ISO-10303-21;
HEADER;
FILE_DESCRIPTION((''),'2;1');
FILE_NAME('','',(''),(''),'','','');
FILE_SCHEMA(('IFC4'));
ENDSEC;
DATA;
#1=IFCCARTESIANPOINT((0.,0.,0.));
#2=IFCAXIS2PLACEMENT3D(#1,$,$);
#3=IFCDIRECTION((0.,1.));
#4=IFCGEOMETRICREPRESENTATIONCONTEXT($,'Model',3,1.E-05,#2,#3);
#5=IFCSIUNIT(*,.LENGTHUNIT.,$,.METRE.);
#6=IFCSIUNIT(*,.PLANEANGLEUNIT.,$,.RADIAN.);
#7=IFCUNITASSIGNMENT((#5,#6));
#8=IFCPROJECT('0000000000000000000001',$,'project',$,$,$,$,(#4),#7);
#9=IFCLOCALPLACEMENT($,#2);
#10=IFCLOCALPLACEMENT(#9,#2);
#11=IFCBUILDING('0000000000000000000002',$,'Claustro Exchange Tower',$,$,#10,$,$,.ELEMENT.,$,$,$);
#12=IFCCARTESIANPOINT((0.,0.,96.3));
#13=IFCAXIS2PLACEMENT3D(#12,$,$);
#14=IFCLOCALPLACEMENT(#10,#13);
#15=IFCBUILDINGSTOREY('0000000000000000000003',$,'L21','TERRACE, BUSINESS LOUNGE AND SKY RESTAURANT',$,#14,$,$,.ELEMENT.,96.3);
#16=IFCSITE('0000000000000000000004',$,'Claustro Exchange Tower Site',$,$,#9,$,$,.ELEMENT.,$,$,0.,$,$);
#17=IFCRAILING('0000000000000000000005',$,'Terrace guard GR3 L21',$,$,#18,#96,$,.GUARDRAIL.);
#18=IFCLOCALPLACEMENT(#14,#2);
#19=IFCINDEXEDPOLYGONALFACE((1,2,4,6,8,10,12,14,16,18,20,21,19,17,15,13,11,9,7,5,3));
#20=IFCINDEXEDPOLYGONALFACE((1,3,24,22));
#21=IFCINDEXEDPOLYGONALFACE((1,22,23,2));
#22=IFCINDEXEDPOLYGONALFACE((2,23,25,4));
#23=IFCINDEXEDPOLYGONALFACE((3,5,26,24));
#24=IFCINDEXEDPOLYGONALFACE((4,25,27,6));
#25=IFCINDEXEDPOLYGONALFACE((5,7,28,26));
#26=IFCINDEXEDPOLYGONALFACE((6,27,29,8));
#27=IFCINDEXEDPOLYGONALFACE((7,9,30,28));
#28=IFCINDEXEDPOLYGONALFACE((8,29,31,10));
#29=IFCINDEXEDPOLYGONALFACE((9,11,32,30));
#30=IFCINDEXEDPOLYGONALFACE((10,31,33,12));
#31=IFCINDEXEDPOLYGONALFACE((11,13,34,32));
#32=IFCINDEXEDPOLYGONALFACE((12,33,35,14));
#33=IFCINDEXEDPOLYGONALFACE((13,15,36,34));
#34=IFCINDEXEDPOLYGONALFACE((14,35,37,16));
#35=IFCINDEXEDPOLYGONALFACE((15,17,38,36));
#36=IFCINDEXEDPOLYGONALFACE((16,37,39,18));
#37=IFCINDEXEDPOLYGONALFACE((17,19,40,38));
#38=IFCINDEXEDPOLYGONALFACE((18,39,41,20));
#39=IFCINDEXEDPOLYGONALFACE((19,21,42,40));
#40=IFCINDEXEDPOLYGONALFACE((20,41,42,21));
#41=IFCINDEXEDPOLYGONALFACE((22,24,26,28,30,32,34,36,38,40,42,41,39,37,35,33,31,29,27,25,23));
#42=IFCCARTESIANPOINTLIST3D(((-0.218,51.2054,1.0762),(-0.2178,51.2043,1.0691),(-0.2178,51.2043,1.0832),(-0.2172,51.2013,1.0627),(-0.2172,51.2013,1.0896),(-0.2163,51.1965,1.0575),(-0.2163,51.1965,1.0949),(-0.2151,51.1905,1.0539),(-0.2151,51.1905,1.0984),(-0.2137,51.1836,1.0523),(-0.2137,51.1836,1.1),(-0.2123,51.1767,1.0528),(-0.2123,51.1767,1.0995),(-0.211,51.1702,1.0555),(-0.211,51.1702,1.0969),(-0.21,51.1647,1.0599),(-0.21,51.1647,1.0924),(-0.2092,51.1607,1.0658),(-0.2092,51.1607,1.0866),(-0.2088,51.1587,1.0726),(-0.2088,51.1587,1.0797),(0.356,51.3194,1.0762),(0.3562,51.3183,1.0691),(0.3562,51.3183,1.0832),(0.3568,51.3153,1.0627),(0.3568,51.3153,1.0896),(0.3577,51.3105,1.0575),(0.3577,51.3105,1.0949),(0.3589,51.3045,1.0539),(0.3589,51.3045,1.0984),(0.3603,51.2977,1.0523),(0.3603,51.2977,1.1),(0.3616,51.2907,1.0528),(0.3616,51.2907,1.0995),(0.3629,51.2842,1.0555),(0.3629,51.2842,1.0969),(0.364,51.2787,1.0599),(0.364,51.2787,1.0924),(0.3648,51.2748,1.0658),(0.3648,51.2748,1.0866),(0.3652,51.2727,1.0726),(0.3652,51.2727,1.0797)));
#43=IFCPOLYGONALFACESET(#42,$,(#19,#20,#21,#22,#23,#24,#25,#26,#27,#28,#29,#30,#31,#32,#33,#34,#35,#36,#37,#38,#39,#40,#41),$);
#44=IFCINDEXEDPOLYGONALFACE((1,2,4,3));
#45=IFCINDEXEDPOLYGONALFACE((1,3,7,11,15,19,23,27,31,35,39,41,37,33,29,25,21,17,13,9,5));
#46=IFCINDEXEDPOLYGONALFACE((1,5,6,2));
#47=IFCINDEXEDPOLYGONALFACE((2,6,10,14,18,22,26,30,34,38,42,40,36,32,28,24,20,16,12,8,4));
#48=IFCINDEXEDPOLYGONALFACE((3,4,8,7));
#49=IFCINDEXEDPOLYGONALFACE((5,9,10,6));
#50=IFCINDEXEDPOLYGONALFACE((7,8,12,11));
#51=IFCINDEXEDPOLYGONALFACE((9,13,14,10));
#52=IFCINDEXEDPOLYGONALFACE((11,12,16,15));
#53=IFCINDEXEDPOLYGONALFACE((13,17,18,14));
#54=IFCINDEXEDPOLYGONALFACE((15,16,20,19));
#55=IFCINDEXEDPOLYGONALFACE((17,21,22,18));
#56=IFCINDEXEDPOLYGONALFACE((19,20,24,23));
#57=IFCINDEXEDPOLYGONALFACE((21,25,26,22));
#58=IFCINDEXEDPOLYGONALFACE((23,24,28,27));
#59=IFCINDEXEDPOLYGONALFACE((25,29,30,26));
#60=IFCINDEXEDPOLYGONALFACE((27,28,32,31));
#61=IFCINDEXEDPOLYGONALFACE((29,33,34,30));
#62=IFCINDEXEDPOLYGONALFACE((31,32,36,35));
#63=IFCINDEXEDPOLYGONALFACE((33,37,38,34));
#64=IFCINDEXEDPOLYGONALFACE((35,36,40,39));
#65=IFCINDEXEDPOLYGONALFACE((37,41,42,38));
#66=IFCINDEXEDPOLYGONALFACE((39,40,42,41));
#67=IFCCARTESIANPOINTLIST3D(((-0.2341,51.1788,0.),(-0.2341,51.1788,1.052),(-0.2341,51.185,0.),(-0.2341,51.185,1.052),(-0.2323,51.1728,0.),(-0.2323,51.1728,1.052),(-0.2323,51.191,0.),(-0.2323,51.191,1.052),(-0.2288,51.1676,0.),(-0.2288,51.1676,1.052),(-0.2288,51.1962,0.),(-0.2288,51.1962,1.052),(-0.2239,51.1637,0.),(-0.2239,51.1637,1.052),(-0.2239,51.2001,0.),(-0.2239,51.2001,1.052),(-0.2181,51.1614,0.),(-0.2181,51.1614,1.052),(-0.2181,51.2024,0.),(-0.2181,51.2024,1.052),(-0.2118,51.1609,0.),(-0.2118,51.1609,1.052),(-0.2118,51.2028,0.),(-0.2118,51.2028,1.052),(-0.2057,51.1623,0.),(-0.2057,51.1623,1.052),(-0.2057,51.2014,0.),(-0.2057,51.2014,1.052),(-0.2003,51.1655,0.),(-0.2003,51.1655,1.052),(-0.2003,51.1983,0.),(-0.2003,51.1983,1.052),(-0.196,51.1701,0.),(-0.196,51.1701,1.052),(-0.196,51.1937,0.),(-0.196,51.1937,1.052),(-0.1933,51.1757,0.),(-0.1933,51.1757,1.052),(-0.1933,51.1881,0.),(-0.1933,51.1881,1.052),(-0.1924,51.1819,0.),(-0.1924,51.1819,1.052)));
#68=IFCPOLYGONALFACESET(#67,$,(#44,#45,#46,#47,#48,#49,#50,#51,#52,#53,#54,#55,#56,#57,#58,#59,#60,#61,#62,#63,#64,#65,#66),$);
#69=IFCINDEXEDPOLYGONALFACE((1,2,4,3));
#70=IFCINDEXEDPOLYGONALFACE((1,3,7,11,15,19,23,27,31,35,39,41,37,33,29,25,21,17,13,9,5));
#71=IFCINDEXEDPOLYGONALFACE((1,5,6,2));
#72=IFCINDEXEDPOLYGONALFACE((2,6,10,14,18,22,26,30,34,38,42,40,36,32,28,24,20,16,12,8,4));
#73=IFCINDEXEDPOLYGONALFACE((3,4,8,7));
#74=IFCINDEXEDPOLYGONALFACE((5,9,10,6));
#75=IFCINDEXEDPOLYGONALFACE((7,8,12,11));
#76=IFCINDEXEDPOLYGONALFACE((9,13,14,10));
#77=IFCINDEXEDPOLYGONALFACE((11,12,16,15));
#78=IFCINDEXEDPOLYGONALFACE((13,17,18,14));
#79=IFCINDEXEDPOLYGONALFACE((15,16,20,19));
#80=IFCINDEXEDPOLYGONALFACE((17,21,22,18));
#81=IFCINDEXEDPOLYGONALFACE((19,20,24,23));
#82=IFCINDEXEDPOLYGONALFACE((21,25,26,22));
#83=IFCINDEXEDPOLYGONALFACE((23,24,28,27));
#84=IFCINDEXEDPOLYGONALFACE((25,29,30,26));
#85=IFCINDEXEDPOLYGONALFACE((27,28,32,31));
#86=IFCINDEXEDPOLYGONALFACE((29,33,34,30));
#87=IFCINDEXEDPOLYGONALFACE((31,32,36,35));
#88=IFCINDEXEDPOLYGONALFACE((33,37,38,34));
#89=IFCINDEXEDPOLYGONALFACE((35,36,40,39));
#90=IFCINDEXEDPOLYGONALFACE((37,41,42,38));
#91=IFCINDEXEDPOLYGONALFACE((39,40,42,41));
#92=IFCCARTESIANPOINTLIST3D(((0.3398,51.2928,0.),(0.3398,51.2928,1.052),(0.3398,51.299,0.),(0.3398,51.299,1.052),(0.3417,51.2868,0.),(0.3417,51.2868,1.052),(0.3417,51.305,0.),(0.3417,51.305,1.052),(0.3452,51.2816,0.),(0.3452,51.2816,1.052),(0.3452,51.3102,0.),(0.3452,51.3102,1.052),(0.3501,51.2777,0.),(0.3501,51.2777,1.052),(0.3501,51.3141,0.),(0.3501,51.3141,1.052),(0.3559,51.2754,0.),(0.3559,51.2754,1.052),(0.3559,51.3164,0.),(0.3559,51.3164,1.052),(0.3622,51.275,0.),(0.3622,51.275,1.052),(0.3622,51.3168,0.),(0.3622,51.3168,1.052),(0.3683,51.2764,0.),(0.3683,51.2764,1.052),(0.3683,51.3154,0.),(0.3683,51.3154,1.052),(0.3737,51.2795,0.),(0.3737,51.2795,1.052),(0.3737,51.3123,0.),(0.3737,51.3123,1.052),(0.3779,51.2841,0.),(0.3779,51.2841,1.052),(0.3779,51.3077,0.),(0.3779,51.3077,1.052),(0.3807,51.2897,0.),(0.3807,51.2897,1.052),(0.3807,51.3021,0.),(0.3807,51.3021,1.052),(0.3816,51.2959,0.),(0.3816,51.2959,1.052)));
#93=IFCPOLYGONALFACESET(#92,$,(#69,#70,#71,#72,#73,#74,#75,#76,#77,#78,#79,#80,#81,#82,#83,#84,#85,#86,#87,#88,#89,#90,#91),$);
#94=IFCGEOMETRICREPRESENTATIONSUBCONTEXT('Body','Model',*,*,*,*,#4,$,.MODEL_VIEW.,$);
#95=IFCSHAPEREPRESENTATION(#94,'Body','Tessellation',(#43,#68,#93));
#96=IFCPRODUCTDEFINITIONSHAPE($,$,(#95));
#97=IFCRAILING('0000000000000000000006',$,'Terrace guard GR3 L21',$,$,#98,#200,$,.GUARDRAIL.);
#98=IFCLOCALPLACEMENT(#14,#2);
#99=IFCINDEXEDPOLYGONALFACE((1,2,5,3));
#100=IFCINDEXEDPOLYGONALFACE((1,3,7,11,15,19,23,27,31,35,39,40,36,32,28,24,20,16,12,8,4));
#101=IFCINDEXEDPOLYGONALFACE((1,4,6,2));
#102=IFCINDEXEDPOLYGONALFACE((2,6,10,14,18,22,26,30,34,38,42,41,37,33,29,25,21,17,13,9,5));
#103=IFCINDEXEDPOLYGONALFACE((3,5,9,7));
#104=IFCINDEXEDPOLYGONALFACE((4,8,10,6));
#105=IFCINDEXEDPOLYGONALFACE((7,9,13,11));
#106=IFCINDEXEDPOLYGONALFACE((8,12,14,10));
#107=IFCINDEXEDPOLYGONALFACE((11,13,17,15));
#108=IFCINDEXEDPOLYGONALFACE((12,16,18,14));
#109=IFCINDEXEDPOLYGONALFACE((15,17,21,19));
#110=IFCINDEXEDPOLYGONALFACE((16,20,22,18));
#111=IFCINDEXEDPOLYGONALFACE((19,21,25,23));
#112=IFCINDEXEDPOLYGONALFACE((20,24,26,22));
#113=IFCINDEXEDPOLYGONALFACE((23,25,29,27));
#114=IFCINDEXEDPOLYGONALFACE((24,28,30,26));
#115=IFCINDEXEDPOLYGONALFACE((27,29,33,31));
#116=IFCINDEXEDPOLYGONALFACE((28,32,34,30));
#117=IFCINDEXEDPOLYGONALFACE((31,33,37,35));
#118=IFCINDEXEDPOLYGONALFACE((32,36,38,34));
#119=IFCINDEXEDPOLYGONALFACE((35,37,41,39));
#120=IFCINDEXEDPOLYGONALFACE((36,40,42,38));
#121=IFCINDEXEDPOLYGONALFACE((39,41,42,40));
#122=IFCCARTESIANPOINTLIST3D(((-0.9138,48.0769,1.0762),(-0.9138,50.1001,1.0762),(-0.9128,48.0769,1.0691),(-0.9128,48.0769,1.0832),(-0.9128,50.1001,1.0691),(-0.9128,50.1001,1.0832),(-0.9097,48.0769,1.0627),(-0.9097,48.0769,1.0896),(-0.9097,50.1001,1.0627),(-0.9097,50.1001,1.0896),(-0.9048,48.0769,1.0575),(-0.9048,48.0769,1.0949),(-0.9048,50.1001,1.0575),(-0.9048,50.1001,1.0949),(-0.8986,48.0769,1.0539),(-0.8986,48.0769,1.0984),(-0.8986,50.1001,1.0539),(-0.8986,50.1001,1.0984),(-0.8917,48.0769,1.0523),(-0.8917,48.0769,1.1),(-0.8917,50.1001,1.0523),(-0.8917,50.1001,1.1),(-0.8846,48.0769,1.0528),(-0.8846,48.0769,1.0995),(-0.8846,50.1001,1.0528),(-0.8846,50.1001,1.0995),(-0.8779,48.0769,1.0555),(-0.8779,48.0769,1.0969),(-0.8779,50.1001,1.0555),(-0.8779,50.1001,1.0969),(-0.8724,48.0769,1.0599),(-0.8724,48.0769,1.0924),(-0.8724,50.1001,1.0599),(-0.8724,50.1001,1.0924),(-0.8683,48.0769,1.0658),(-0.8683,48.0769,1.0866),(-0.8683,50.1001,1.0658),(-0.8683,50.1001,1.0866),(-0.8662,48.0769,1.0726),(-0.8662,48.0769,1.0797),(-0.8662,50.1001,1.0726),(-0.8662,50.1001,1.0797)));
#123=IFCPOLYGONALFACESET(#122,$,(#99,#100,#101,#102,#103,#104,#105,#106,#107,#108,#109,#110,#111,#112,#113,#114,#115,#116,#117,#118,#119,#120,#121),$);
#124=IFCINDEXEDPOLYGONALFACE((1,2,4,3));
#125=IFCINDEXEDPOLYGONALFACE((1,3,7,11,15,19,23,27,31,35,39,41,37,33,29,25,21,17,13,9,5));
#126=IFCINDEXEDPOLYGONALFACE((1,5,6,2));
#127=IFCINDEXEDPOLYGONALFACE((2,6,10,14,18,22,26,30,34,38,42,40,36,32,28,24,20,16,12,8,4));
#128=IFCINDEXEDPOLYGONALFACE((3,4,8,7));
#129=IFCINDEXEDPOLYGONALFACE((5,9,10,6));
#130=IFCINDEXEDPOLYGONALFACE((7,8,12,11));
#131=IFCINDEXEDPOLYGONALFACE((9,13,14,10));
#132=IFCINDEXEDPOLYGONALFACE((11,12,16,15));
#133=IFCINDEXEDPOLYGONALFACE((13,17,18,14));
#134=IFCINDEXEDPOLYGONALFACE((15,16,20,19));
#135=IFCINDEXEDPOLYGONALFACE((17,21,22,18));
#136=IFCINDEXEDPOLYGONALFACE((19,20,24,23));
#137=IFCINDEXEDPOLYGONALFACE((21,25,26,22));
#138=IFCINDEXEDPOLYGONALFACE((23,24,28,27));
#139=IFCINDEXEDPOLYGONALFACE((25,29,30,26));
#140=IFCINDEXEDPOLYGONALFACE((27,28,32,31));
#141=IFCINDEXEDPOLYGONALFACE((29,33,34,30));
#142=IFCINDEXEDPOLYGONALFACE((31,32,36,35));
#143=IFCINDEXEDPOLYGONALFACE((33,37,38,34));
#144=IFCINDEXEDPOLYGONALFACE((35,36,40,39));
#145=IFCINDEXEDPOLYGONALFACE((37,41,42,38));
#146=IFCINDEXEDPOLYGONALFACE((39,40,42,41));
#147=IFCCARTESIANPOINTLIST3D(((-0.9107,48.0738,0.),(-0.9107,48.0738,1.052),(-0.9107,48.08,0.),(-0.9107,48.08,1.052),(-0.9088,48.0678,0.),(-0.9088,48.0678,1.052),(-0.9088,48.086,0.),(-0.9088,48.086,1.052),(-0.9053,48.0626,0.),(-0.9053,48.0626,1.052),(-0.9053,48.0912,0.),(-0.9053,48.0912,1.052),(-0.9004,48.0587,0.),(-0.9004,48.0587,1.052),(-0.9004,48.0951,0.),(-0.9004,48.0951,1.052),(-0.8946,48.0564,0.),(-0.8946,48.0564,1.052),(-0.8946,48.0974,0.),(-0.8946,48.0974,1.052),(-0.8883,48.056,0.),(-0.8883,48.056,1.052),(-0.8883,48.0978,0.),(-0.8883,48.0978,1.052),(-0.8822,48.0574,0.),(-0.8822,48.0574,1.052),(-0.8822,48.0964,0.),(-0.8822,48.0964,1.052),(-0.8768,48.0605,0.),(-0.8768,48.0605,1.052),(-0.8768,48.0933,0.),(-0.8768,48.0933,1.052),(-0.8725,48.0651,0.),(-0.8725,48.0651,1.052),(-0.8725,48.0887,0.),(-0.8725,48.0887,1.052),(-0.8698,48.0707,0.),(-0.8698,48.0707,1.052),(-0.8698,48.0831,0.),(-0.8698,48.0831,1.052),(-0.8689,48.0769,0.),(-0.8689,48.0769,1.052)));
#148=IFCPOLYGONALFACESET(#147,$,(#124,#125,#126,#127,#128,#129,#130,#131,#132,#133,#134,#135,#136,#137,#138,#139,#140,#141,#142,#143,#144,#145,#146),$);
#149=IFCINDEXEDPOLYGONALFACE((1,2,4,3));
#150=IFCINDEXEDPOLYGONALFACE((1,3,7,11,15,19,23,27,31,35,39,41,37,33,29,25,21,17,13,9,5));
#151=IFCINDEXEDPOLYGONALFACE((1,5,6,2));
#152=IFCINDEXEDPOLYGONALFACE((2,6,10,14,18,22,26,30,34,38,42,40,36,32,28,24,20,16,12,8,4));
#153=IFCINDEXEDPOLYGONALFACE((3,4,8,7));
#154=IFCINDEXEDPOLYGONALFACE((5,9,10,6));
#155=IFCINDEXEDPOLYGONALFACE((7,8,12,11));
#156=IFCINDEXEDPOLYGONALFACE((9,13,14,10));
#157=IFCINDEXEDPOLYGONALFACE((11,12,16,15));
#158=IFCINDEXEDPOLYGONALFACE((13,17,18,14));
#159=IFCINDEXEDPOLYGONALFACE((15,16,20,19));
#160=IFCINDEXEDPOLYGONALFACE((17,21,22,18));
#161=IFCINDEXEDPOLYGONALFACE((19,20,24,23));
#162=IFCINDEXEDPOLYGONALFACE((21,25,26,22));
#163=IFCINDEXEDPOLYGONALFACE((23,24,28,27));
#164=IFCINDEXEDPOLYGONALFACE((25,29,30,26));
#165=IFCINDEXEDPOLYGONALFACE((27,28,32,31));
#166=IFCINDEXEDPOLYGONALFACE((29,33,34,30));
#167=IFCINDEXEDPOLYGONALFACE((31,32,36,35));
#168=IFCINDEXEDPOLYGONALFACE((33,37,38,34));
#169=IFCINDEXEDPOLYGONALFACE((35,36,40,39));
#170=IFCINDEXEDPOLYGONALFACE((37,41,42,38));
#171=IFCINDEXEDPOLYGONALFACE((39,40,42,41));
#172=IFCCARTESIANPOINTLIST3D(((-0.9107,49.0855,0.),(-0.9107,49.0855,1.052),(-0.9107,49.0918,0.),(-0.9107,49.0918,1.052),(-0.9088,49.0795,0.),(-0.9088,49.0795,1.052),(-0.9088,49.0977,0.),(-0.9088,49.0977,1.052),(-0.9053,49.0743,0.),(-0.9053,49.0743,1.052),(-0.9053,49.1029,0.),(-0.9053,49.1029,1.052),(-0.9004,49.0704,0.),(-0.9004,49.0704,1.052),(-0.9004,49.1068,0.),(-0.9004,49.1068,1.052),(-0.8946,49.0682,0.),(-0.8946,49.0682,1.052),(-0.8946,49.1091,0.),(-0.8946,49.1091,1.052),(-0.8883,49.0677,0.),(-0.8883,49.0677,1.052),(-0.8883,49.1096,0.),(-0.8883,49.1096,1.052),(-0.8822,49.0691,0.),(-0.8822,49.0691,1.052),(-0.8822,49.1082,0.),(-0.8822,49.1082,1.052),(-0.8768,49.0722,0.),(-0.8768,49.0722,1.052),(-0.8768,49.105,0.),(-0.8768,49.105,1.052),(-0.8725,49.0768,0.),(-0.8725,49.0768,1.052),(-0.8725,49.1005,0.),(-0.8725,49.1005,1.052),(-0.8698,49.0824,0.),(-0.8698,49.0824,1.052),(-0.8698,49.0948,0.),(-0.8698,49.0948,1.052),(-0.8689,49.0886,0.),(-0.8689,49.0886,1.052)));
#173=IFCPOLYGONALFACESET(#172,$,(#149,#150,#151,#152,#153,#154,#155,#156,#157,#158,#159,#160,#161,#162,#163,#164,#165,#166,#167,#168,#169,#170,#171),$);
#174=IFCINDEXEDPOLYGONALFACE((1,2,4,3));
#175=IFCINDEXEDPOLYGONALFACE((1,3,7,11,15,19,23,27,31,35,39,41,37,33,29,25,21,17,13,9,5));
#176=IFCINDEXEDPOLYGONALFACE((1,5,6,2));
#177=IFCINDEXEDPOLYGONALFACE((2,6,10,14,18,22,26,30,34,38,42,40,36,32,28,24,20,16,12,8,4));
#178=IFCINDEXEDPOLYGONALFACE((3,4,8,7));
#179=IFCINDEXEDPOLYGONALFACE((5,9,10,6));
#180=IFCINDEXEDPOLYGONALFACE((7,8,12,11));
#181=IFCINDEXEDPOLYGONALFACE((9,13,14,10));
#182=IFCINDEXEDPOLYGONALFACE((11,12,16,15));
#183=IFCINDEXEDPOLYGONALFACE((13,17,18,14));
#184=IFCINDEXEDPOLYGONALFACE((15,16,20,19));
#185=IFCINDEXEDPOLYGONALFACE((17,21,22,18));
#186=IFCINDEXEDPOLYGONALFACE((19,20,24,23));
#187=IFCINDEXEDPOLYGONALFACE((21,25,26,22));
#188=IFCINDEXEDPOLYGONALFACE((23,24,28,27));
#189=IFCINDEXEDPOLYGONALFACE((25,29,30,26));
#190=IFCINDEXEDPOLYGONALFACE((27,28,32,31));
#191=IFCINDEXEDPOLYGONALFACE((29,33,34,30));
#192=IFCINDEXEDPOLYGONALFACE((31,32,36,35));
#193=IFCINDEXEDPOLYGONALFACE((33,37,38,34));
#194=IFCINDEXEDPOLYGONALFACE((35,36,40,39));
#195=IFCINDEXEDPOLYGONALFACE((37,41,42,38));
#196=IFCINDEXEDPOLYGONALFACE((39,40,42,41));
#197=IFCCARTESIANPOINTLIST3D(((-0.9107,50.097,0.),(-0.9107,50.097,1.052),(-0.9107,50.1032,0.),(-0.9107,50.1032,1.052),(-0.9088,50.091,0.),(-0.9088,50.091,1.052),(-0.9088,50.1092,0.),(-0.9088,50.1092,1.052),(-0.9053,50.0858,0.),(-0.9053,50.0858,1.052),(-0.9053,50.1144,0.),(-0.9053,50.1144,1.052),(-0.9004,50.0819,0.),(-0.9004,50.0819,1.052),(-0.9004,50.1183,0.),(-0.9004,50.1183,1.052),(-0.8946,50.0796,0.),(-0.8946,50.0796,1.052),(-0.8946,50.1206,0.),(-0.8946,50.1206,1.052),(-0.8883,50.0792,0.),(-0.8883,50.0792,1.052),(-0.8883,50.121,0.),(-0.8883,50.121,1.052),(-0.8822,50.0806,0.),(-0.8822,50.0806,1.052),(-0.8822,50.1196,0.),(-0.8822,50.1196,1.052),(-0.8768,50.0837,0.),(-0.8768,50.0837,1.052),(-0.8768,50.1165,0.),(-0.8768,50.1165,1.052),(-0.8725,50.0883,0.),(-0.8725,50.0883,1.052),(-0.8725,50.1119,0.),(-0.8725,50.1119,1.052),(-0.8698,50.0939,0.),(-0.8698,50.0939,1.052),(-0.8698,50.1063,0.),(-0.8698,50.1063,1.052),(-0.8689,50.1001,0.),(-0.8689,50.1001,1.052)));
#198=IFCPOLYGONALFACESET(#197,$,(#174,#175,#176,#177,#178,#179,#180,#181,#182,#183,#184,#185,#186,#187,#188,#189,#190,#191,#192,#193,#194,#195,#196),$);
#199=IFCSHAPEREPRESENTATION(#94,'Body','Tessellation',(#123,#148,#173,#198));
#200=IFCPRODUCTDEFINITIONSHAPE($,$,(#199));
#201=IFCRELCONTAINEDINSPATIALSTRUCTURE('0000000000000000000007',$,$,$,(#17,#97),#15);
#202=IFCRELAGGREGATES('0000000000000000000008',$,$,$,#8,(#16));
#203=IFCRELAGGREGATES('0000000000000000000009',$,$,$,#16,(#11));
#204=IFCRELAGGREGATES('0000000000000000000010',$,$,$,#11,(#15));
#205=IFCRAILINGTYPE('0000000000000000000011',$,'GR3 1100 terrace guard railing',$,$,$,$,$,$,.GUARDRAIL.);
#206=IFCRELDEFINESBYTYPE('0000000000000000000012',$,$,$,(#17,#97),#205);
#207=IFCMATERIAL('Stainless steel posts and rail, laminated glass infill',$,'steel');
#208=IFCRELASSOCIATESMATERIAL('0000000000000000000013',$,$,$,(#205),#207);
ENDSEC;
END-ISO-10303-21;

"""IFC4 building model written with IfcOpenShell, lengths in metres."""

from ifc_helpers import new_model, si_unit, direction, frame, origin, origin_2d, place, context, subcontext, project, spatial, circle, extrude, material, type_object, element, save


model = new_model("IFC4")

# Units and contexts
model_context = context("Model", 3, precision=1e-05, world=origin(), true_north=direction((0.0, 1.0)))
body_context = subcontext(model_context, "Body", "Model", "MODEL_VIEW")
ifc_project = project(units=[si_unit("LENGTHUNIT", "METRE"), si_unit("PLANEANGLEUNIT", "RADIAN")], contexts=[model_context])

# Site, building, storey
site_placement = place(None, origin())
site = spatial("IfcSite", under=ifc_project, at=site_placement, Name="Claustro Exchange Tower Site", CompositionType="ELEMENT", RefElevation=0.0)
building_placement = place(site_placement, origin())
building = spatial("IfcBuilding", under=site, at=building_placement, Name="Claustro Exchange Tower", CompositionType="ELEMENT")
storey_placement = place(building_placement, frame((0.0, 0.0, 96.3)))
storey = spatial("IfcBuildingStorey", under=building, at=storey_placement, Name="L21", Description="TERRACE, BUSINESS LOUNGE AND SKY RESTAURANT", CompositionType="ELEMENT", Elevation=96.3)

# Railings
ifc_material_1 = material(Name="Stainless steel posts and rail, laminated glass infill", Category="steel")
railing_type = type_object("IfcRailingType", Name="GR3 1100 terrace guard railing", PredefinedType="GUARDRAIL", material=ifc_material_1)
railing_1_placement = place(storey_placement, frame((-0.2134, 51.1819, 0.0)))
element("IfcRailing", 1, at=railing_1_placement, inside=storey, type_object=railing_type, Name="Terrace guard GR3 L21", PredefinedType="GUARDRAIL", context=body_context, shape_type="SweptSolid", body=[
    extrude(circle(Radius=0.0239, at=origin_2d()), frame((0.0, 0.0, 1.0762), z_axis=(0.980837, 0.194832, 0.0), x_axis=(-0.194832, 0.980837, 0.0)), (0.0, 0.0, 1.0), 0.5852),
    extrude(circle(Radius=0.021, at=origin_2d()), origin(), (0.0, 0.0, 1.0), 1.052),
    extrude(circle(Radius=0.021, at=origin_2d()), frame((0.574, 0.114, 0.0)), (0.0, 0.0, 1.0), 1.052),
])
railing_2_placement = place(storey_placement, frame((-0.8899, 48.0769, 0.0)))
element("IfcRailing", 2, at=railing_2_placement, inside=storey, type_object=railing_type, Name="Terrace guard GR3 L21", PredefinedType="GUARDRAIL", context=body_context, shape_type="SweptSolid", body=[
    extrude(circle(Radius=0.0239, at=origin_2d()), frame((0.0, 0.0, 1.0762), z_axis=(0.0, 1.0, 0.0), x_axis=(-1.0, 0.0, 0.0)), (0.0, 0.0, 1.0), 2.0232),
    extrude(circle(Radius=0.021, at=origin_2d()), origin(), (0.0, 0.0, 1.0), 1.052),
    extrude(circle(Radius=0.021, at=origin_2d()), frame((0.0, 1.0117, 0.0)), (0.0, 0.0, 1.0), 1.052),
    extrude(circle(Radius=0.021, at=origin_2d()), frame((0.0, 2.0232, 0.0)), (0.0, 0.0, 1.0), 1.052),
])

save(model, "model.ifc")
